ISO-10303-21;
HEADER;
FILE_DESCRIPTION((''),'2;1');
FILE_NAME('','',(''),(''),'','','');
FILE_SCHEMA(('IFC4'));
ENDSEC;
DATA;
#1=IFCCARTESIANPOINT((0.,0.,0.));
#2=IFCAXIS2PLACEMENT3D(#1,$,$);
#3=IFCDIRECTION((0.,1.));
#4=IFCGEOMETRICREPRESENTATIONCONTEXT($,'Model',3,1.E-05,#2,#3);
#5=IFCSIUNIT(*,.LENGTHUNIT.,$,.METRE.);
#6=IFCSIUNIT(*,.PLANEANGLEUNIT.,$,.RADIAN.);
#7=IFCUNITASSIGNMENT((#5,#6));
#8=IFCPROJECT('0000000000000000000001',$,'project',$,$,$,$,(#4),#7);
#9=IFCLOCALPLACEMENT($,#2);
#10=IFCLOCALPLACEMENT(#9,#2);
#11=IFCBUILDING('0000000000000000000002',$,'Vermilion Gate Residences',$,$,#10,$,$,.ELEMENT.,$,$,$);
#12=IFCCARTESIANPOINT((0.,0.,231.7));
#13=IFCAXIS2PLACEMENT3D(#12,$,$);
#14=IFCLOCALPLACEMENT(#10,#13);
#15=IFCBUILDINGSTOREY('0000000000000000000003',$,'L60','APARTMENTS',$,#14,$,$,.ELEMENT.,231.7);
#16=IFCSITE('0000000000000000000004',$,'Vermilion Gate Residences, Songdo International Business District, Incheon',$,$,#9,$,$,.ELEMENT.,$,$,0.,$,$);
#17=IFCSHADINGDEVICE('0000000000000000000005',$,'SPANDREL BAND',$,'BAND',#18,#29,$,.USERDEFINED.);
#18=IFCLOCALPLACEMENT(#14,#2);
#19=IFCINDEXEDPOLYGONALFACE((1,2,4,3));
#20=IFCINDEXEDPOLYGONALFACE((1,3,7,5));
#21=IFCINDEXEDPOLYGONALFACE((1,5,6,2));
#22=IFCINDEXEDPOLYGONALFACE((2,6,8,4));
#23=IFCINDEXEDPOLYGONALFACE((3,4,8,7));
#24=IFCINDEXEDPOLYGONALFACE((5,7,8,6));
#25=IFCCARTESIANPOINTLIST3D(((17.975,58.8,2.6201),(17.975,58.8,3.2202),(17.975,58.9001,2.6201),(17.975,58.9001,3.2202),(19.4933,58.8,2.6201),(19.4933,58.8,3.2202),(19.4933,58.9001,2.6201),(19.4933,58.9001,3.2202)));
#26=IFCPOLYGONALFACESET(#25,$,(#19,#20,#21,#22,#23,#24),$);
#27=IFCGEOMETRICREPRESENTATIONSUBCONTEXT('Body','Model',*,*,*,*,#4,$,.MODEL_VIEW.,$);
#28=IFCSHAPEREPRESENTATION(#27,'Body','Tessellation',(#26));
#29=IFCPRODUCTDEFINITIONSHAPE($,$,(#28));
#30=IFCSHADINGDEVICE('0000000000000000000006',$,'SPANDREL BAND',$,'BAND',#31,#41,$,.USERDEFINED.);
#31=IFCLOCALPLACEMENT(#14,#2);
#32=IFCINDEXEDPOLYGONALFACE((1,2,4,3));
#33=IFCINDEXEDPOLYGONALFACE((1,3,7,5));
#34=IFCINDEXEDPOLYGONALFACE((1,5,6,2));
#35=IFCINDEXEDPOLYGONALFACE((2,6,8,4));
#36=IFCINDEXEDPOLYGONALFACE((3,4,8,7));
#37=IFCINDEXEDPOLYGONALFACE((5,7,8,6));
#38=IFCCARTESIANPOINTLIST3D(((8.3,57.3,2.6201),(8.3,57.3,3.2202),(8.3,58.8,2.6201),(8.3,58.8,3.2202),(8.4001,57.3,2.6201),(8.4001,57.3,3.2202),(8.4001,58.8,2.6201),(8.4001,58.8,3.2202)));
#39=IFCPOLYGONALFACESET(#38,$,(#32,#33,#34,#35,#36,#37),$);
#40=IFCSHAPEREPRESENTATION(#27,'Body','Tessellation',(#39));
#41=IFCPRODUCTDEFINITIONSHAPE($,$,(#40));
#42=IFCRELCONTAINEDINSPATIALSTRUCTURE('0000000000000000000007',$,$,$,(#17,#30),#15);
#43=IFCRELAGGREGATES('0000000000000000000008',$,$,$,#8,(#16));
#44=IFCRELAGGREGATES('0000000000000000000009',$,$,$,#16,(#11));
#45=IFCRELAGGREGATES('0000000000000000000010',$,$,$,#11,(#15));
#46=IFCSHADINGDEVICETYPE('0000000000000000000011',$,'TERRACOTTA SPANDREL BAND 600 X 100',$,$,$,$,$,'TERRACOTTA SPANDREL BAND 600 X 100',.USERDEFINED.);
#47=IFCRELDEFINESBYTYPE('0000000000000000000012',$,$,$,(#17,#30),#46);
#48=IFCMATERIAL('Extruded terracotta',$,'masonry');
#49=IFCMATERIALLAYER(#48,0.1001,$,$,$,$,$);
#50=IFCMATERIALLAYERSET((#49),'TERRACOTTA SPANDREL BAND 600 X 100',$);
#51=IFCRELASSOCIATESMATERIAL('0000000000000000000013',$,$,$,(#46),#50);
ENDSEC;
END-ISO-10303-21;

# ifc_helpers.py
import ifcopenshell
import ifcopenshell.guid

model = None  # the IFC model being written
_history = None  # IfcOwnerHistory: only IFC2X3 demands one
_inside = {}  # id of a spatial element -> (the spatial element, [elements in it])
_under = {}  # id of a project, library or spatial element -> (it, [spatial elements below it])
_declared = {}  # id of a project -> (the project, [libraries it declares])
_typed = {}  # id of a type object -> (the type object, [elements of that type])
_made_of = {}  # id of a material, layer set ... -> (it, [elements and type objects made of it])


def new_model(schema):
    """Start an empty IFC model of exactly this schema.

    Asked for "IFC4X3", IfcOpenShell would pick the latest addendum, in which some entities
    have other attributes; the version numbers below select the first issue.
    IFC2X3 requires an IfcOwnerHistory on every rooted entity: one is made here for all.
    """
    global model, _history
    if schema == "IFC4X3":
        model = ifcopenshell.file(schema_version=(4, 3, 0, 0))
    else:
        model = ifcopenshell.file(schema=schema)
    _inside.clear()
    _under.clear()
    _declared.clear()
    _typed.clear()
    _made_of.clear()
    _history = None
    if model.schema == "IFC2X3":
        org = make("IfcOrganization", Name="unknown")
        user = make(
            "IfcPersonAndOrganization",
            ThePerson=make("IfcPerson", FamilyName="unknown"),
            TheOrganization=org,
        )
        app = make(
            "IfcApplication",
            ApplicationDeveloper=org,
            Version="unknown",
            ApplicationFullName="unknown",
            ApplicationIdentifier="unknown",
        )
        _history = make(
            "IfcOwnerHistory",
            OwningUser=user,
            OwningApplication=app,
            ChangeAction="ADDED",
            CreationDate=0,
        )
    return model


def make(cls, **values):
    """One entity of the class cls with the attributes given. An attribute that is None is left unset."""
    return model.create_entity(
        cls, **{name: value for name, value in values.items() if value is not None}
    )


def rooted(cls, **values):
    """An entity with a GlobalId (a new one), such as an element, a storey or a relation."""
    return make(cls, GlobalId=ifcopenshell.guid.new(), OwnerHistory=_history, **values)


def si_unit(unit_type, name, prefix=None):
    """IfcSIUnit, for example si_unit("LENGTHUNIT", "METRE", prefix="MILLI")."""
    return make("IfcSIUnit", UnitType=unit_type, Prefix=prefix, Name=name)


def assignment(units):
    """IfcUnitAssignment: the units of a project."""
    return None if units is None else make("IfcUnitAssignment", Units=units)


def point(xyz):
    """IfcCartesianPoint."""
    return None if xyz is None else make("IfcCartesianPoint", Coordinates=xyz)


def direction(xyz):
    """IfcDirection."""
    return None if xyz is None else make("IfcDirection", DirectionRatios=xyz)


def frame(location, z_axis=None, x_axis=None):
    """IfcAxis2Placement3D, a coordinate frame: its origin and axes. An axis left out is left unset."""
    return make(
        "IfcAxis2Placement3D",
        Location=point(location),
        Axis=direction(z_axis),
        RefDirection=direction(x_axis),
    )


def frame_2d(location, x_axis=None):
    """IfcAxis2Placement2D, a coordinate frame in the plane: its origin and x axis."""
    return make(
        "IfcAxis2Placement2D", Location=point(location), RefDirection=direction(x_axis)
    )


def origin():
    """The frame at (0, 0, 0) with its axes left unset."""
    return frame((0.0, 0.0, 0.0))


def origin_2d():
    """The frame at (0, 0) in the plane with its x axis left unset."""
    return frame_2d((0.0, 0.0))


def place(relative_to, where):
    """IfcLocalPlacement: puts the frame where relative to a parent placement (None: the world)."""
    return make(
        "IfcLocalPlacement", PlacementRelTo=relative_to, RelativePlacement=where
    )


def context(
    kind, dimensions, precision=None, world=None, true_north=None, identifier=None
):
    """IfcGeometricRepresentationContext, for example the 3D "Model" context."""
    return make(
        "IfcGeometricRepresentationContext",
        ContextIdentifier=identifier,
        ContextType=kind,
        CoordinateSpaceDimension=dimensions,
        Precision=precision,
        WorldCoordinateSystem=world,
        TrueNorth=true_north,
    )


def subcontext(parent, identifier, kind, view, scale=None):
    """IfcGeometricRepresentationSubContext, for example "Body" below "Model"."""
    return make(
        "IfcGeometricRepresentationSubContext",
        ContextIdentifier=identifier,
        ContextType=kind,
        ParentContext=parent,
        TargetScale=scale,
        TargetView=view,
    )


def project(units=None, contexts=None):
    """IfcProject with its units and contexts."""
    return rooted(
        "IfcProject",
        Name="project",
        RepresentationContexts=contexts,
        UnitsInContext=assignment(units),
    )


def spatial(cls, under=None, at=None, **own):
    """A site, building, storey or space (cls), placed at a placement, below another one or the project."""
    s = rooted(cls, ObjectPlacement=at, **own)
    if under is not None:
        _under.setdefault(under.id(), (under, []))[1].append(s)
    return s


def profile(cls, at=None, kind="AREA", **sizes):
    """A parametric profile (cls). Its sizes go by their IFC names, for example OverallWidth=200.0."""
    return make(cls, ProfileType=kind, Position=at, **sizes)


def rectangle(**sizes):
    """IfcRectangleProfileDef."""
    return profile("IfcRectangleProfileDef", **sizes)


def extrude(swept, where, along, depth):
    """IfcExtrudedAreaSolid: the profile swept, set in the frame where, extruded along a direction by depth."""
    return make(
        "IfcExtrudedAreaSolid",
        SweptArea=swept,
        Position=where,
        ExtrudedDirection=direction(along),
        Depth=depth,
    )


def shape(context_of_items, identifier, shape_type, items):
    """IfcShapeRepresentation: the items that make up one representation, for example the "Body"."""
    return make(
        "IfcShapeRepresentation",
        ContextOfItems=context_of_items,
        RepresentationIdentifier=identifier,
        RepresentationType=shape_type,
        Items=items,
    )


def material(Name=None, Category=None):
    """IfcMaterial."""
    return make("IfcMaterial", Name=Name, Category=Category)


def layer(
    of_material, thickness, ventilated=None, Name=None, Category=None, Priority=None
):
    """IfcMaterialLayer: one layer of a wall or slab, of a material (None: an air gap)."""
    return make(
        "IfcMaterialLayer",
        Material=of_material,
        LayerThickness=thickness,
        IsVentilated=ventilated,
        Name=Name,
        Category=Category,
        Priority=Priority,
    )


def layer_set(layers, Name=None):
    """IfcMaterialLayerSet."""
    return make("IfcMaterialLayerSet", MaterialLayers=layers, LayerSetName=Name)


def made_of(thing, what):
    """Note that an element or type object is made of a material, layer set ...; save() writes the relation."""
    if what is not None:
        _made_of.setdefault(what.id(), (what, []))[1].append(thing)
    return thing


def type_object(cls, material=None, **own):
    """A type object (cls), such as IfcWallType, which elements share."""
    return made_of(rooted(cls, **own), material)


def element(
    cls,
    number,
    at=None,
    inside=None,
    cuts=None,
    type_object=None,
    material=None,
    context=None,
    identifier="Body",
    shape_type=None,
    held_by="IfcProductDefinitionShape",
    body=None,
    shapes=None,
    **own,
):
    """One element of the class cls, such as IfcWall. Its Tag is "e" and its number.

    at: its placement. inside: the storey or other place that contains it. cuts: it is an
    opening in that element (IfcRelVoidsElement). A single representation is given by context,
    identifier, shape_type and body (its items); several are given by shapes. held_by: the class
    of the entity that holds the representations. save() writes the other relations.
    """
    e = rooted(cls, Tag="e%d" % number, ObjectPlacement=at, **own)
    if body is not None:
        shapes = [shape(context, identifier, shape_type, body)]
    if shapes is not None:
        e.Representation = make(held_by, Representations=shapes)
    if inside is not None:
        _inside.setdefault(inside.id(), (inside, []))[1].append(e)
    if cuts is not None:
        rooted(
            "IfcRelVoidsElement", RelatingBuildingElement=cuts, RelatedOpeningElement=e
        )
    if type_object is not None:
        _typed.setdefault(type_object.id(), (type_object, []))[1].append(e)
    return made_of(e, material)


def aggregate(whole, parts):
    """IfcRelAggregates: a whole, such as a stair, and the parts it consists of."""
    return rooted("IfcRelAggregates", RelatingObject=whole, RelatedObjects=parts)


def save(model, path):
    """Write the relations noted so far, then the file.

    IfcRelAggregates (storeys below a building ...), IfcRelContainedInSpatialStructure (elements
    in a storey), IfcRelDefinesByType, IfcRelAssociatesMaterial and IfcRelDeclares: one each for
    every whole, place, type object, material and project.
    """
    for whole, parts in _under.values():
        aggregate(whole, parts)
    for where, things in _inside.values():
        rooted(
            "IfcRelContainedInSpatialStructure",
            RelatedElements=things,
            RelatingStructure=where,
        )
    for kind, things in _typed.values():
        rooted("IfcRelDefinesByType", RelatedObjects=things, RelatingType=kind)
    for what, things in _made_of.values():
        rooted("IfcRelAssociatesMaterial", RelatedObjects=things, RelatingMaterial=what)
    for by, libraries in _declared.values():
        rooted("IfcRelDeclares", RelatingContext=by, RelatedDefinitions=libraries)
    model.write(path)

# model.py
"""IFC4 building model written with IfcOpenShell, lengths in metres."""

from ifc_helpers import new_model, si_unit, direction, frame, origin, origin_2d, place, context, subcontext, project, spatial, rectangle, extrude, material, layer, layer_set, type_object, element, save


model = new_model("IFC4")

# Units and contexts
model_context = context("Model", 3, precision=1e-05, world=origin(), true_north=direction((0.0, 1.0)))
body_context = subcontext(model_context, "Body", "Model", "MODEL_VIEW")
ifc_project = project(units=[si_unit("LENGTHUNIT", "METRE"), si_unit("PLANEANGLEUNIT", "RADIAN")], contexts=[model_context])

# Site, building, storey
site_placement = place(None, origin())
site = spatial("IfcSite", under=ifc_project, at=site_placement, Name="Vermilion Gate Residences, Songdo International Business District, Incheon", CompositionType="ELEMENT", RefElevation=0.0)
building_placement = place(site_placement, origin())
building = spatial("IfcBuilding", under=site, at=building_placement, Name="Vermilion Gate Residences", CompositionType="ELEMENT")
storey_placement = place(building_placement, frame((0.0, 0.0, 231.7)))
storey = spatial("IfcBuildingStorey", under=building, at=storey_placement, Name="L60", Description="APARTMENTS", CompositionType="ELEMENT", Elevation=231.7)

# Shading devices
ifc_material_1 = material(Name="Extruded terracotta", Category="masonry")
ifc_layer_1 = layer(ifc_material_1, 0.1001)
ifc_layer_set_1 = layer_set([ifc_layer_1], Name="TERRACOTTA SPANDREL BAND 600 X 100")
shading_device_type = type_object("IfcShadingDeviceType", Name="TERRACOTTA SPANDREL BAND 600 X 100", ElementType="TERRACOTTA SPANDREL BAND 600 X 100", PredefinedType="USERDEFINED", material=ifc_layer_set_1)
shading_device_1_placement = place(storey_placement, frame((18.7341, 58.8501, 2.6201), z_axis=(0.0, 0.0, 1.0), x_axis=(1.0, 0.0, 0.0)))
element("IfcShadingDevice", 1, at=shading_device_1_placement, inside=storey, type_object=shading_device_type, Name="SPANDREL BAND", ObjectType="BAND", PredefinedType="USERDEFINED", context=body_context, shape_type="SweptSolid", body=[
    extrude(rectangle(XDim=1.5183, YDim=0.1001, at=origin_2d()), origin(), (0.0, 0.0, 1.0), 0.6001),
])
shading_device_2_placement = place(storey_placement, frame((8.3501, 58.05, 2.6201), z_axis=(0.0, 0.0, 1.0), x_axis=(0.0, 1.0, 0.0)))
element("IfcShadingDevice", 2, at=shading_device_2_placement, inside=storey, type_object=shading_device_type, Name="SPANDREL BAND", ObjectType="BAND", PredefinedType="USERDEFINED", context=body_context, shape_type="SweptSolid", body=[
    extrude(rectangle(XDim=1.5, YDim=0.1001, at=origin_2d()), origin(), (0.0, 0.0, 1.0), 0.6001),
])

save(model, "model.ifc")
